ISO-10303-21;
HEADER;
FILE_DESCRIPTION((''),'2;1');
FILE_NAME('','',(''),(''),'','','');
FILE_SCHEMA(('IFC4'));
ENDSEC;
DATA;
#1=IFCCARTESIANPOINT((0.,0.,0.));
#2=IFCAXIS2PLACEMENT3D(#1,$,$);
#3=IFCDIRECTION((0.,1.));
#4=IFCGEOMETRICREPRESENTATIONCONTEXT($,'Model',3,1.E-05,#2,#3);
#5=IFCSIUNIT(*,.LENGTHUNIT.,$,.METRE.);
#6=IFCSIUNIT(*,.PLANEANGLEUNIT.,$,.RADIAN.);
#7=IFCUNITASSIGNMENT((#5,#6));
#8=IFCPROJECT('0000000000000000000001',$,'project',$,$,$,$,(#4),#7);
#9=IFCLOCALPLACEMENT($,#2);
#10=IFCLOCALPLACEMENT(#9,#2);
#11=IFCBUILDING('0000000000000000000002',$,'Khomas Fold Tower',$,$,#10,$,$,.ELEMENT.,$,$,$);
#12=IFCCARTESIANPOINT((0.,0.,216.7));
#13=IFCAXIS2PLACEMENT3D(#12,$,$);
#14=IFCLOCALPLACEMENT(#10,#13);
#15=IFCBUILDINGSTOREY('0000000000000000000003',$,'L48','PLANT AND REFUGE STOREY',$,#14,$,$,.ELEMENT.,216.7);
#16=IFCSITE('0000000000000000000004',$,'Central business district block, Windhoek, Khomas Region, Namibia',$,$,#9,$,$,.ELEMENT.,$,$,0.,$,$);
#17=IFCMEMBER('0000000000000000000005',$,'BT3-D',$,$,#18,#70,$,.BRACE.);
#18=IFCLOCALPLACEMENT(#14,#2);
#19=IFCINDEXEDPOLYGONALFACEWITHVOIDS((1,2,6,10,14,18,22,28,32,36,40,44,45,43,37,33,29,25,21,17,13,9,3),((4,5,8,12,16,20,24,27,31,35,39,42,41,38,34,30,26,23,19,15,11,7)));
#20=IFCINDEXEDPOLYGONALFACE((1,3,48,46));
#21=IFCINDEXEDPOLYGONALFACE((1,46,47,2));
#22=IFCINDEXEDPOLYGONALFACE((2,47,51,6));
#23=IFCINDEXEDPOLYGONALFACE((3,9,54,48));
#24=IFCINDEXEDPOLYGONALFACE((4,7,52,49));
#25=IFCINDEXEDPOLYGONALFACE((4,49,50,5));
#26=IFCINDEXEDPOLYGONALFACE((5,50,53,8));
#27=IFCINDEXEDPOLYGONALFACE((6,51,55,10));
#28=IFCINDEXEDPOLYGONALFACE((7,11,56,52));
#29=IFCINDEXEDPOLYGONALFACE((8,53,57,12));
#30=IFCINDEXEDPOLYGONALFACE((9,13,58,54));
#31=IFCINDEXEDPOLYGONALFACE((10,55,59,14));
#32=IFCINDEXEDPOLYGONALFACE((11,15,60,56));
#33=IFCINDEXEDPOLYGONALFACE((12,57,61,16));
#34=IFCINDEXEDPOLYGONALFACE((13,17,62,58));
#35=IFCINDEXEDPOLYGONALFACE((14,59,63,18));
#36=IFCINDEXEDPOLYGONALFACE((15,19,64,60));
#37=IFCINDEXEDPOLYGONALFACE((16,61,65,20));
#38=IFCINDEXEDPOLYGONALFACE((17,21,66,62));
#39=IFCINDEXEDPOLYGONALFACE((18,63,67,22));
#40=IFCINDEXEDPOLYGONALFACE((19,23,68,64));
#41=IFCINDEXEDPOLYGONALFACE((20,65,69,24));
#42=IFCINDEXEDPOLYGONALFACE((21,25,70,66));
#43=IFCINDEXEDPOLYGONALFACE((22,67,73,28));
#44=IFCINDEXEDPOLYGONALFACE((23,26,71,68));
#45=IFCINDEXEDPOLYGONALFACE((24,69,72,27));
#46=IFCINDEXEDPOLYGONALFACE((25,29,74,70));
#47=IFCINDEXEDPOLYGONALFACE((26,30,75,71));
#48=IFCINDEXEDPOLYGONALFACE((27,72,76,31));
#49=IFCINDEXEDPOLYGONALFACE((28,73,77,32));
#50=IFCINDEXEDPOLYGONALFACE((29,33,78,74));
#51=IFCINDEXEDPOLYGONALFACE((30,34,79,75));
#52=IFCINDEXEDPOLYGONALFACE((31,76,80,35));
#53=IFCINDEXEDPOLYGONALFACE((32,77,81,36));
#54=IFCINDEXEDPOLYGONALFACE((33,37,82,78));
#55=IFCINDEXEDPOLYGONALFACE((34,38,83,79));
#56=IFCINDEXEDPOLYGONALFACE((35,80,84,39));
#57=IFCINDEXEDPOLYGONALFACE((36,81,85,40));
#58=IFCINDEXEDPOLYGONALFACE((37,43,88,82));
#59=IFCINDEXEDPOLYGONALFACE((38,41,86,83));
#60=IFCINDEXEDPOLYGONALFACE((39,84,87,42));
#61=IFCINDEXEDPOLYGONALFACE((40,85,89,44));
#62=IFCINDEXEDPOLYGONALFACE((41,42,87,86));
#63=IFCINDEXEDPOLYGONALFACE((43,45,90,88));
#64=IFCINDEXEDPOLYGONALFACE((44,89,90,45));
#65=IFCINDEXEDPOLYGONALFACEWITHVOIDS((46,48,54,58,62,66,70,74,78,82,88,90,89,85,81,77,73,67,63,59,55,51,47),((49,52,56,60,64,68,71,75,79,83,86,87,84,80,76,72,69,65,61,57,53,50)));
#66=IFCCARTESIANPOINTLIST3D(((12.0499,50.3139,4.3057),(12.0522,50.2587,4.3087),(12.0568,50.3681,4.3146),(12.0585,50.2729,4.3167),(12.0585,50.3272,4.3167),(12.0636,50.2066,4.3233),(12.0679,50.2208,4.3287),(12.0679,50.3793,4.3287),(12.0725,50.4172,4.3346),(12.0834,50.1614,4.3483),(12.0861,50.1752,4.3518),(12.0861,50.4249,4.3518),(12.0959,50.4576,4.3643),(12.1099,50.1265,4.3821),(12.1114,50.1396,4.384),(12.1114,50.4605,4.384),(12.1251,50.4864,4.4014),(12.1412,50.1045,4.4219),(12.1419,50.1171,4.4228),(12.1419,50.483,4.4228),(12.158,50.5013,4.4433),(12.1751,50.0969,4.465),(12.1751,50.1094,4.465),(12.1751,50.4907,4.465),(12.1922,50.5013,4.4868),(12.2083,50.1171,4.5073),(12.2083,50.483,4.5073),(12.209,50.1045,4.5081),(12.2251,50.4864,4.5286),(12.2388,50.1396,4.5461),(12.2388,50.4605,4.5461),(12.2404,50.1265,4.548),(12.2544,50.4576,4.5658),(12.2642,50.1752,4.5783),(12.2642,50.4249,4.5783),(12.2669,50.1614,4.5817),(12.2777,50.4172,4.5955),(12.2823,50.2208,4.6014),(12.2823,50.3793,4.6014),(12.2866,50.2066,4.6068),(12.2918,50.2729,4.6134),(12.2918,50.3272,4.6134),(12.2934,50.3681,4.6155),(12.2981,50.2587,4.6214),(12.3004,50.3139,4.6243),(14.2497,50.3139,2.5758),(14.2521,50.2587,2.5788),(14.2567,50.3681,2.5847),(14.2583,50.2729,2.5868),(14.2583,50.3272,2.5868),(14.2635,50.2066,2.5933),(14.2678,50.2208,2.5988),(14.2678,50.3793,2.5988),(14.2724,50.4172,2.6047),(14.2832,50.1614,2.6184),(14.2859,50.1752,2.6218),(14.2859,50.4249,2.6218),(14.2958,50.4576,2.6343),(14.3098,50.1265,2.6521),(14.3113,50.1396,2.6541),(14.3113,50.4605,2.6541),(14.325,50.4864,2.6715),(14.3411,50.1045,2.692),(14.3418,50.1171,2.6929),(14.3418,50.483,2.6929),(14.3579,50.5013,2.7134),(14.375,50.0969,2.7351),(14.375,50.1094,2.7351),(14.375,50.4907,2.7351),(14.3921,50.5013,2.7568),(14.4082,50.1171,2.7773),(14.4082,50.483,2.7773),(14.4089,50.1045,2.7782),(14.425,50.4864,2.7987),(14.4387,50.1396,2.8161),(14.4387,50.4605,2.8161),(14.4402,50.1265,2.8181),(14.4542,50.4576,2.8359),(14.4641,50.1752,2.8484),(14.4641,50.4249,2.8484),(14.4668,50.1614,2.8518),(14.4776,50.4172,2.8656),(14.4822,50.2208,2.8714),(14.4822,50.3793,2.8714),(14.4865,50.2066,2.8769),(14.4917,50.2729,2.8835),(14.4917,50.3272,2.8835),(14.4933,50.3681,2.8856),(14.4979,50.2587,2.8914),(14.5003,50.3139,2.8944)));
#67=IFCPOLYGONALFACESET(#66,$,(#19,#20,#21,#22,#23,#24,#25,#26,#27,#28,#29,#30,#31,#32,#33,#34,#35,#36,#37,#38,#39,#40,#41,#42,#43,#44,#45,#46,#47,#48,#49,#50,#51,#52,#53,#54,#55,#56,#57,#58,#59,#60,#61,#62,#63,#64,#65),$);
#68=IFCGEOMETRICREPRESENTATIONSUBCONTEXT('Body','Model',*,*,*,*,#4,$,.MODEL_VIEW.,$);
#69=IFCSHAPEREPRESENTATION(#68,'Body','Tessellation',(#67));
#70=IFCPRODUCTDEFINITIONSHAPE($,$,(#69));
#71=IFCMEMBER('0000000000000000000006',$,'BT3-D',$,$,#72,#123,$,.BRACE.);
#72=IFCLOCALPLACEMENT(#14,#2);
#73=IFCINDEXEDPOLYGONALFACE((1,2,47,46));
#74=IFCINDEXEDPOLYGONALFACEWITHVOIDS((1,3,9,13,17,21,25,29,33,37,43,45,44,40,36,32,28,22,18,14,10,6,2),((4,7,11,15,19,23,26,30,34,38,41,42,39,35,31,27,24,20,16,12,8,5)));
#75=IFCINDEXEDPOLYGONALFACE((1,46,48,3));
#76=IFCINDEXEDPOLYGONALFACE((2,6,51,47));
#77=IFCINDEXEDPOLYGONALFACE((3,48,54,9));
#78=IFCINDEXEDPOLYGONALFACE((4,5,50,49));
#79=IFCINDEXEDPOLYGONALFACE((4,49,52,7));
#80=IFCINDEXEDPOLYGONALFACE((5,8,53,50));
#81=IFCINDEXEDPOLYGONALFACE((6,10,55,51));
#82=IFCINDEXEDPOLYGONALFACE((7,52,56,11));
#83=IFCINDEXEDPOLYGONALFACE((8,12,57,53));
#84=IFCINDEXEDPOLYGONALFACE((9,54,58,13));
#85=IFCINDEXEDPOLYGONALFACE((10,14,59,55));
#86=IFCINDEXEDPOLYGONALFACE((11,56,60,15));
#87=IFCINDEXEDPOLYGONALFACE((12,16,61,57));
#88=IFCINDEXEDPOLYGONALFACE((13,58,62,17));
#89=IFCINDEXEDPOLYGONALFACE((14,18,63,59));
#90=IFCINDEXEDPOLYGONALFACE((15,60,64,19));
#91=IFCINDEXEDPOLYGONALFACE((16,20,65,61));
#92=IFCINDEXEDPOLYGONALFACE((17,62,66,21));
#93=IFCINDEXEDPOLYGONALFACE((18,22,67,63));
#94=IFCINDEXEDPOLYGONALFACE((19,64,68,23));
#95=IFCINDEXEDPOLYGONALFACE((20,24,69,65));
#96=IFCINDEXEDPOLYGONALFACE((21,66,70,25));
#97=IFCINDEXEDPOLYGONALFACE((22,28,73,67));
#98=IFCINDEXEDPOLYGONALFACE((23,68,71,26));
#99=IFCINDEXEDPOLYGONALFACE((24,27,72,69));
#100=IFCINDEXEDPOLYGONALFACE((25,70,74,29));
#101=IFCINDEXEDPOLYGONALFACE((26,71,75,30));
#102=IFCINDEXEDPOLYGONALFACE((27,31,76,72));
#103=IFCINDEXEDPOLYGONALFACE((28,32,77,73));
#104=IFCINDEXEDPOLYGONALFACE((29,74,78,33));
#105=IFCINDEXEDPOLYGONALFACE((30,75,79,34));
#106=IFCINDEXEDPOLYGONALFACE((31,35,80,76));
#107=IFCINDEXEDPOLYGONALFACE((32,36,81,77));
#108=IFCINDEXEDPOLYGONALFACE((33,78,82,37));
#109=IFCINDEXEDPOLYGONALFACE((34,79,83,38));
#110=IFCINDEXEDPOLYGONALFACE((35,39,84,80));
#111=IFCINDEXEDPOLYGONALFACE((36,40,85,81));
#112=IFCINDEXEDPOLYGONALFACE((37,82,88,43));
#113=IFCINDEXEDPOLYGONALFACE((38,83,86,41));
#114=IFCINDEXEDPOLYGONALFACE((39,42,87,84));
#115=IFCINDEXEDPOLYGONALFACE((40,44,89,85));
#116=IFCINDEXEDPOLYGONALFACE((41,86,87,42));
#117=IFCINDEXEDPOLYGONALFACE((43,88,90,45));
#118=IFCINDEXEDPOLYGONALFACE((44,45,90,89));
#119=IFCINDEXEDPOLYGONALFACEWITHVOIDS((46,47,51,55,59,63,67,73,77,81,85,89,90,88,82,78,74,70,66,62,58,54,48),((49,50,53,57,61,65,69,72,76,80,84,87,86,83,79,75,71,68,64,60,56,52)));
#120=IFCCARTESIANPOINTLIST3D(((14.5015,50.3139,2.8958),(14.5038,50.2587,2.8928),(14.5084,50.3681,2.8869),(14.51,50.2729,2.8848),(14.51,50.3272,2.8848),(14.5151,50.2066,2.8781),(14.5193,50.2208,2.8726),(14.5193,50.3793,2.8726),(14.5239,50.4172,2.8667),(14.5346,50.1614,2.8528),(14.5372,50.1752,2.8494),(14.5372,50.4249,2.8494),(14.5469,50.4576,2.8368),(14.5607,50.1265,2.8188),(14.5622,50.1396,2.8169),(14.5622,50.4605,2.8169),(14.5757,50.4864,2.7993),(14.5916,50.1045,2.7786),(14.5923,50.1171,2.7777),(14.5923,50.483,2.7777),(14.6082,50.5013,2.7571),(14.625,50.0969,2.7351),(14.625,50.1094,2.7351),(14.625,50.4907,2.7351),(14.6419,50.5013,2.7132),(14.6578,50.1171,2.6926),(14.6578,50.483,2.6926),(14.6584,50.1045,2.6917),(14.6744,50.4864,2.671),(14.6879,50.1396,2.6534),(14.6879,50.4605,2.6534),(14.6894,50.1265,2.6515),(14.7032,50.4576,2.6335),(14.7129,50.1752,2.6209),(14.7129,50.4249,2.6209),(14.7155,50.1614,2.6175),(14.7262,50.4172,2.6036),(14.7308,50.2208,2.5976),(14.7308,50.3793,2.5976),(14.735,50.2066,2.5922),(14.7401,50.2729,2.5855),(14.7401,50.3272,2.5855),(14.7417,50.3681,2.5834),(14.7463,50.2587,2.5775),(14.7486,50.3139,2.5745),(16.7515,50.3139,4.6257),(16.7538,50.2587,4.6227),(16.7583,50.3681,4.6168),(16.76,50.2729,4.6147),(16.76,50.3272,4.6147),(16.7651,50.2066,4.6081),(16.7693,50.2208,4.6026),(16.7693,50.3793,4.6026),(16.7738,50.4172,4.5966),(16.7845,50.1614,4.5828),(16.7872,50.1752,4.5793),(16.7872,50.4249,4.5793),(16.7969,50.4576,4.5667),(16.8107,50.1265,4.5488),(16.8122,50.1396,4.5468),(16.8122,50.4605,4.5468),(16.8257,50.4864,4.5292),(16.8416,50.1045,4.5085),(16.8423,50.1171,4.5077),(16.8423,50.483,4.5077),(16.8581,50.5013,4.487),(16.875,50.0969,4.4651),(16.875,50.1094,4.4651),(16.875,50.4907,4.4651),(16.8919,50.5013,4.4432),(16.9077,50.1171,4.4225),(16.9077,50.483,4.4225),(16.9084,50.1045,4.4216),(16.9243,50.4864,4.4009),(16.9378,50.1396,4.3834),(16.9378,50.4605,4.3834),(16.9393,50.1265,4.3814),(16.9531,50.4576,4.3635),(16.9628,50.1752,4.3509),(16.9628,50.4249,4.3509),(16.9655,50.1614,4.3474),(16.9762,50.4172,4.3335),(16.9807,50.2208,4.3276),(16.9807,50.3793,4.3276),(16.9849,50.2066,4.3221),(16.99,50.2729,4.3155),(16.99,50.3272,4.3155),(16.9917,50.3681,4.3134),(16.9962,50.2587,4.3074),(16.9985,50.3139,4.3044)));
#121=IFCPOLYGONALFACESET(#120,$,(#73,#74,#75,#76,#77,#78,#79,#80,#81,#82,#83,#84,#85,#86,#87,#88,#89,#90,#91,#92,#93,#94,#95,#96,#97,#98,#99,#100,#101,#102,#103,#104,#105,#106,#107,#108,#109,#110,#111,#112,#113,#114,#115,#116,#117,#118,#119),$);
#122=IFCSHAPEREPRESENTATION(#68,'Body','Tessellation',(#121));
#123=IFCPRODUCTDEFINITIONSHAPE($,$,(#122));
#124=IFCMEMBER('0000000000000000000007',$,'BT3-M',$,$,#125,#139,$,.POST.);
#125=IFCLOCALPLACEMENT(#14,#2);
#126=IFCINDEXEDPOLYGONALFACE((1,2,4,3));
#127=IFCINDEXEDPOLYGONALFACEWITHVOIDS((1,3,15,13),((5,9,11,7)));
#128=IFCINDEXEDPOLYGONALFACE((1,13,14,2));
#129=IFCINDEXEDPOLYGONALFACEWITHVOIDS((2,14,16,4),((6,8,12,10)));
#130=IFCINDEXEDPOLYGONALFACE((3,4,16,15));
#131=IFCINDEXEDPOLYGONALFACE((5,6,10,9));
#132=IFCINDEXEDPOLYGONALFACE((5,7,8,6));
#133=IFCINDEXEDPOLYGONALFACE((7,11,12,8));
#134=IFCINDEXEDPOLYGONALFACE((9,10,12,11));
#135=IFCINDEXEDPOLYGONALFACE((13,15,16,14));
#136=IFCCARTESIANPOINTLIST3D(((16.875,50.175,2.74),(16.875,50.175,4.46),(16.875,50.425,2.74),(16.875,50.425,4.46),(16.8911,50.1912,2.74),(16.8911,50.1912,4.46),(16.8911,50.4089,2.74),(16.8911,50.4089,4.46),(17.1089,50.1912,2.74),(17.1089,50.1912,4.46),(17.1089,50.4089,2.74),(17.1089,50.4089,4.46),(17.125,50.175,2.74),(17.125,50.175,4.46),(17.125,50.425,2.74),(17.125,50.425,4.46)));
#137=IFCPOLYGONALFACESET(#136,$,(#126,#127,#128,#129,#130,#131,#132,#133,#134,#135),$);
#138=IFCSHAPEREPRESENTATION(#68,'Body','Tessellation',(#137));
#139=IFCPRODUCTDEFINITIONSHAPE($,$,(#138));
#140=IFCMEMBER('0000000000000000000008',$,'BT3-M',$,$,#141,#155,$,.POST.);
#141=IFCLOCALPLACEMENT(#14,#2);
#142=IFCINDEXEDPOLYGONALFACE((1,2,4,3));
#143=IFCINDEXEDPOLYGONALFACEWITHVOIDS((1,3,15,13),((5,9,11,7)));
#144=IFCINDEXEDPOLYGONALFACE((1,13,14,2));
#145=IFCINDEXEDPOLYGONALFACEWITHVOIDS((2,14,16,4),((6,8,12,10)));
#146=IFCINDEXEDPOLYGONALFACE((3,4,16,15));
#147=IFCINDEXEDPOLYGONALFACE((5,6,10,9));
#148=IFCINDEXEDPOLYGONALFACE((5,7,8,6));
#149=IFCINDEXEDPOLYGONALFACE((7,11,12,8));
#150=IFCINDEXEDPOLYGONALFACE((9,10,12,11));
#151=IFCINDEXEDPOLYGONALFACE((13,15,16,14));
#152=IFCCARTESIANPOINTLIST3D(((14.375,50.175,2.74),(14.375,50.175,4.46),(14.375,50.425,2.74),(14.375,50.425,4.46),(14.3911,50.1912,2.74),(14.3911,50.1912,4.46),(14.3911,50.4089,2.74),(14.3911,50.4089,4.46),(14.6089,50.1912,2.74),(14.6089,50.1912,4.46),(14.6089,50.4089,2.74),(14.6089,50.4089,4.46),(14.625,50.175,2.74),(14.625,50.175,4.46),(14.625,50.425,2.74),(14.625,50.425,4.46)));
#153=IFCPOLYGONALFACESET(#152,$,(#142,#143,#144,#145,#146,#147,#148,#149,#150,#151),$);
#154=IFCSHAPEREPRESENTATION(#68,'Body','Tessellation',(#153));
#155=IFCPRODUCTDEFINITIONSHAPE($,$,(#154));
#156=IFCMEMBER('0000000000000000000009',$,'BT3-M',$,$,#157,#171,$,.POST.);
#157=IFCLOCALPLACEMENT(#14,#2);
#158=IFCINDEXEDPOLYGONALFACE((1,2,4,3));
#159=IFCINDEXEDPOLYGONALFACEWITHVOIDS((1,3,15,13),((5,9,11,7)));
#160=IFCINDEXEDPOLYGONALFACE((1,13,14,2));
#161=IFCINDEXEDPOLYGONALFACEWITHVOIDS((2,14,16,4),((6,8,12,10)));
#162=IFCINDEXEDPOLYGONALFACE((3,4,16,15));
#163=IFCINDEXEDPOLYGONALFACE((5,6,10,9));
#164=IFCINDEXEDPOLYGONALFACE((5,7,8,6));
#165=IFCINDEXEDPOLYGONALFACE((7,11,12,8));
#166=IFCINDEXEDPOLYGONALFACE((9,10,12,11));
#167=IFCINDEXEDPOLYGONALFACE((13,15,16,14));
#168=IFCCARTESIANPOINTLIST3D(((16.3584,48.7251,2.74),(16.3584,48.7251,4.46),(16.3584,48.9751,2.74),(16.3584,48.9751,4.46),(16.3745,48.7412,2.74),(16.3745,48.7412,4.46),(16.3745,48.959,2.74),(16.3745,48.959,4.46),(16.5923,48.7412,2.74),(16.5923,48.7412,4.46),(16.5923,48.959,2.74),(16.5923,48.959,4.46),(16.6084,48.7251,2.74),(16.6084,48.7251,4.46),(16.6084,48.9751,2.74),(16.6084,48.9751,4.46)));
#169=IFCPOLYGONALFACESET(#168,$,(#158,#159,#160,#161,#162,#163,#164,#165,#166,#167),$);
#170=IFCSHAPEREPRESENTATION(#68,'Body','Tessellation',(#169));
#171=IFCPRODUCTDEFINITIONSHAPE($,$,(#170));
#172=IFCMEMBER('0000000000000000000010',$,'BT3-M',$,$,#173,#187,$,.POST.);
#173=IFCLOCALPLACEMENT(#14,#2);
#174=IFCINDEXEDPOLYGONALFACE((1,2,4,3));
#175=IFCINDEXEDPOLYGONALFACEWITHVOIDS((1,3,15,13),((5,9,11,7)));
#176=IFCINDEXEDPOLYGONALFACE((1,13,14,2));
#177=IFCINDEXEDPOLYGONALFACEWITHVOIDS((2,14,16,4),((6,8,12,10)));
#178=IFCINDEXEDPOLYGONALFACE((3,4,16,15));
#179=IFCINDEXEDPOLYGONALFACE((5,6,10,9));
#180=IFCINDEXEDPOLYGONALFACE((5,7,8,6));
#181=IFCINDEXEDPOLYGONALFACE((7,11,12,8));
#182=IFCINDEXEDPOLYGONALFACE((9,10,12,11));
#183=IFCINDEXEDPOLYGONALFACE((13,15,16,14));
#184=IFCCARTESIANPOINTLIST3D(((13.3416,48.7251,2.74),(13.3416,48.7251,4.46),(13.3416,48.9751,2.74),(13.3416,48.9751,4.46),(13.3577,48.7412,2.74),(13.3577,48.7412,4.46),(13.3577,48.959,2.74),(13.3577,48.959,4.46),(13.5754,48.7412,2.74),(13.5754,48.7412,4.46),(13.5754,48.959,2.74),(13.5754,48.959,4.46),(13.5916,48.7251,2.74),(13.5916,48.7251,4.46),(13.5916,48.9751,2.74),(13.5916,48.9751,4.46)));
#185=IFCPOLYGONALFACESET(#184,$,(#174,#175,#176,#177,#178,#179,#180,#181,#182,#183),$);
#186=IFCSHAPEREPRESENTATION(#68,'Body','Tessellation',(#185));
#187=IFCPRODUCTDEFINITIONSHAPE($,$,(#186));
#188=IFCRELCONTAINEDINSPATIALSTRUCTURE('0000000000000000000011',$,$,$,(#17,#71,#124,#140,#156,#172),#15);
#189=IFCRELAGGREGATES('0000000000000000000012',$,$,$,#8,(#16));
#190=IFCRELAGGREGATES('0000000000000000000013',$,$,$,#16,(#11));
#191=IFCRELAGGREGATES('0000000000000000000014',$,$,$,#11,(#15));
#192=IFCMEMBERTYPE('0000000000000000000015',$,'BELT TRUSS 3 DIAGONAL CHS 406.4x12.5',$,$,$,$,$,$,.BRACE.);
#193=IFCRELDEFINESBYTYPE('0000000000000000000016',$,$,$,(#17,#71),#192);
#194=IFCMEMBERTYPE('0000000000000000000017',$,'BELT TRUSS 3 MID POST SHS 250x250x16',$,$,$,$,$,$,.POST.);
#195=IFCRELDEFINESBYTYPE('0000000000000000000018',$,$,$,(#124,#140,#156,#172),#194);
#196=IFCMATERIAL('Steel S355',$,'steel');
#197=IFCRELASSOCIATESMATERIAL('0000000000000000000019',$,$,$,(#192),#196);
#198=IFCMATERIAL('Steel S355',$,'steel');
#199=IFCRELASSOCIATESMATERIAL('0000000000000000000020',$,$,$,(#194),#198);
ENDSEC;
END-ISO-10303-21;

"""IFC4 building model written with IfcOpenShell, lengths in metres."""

from ifc_helpers import new_model, si_unit, direction, frame, origin, origin_2d, place, context, subcontext, project, spatial, hollow_rectangle, hollow_circle, extrude, source, transform, mapped, material, material_profile, profile_set, type_object, element, save


model = new_model("IFC4")

# Units and contexts
model_context = context("Model", 3, precision=1e-05, world=origin(), true_north=direction((0.0, 1.0)))
body_context = subcontext(model_context, "Body", "Model", "MODEL_VIEW")
ifc_project = project(units=[si_unit("LENGTHUNIT", "METRE"), si_unit("PLANEANGLEUNIT", "RADIAN")], contexts=[model_context])

# Site, building, storey
site_placement = place(None, origin())
site = spatial("IfcSite", under=ifc_project, at=site_placement, Name="Central business district block, Windhoek, Khomas Region, Namibia", CompositionType="ELEMENT", RefElevation=0.0)
building_placement = place(site_placement, origin())
building = spatial("IfcBuilding", under=site, at=building_placement, Name="Khomas Fold Tower", CompositionType="ELEMENT")
storey_placement = place(building_placement, frame((0.0, 0.0, 216.7)))
storey = spatial("IfcBuildingStorey", under=building, at=storey_placement, Name="L48", Description="PLANT AND REFUGE STOREY", CompositionType="ELEMENT", Elevation=216.7)

# Members
ifc_material_1 = material(Name="Steel S355", Category="steel")
ifc_material_profile_1 = material_profile(ifc_material_1, hollow_circle(Radius=0.2031, WallThickness=0.0125, at=origin_2d()), Name="CHS 406.4x12.5")
ifc_profile_set_1 = profile_set([ifc_material_profile_1], Name="Steel S355")
member_type_1 = type_object("IfcMemberType", Name="BELT TRUSS 3 DIAGONAL CHS 406.4x12.5", PredefinedType="BRACE", material=ifc_profile_set_1)
shared_shape_1 = source(origin(), body_context, "Body", "SweptSolid", [
    extrude(hollow_circle(Radius=0.2031, WallThickness=0.0125, at=origin_2d()), origin(), (0.0, 0.0, 1.0), 2.7986),
])
member_1_placement = place(storey_placement, frame((14.375, 50.3, 2.7351), z_axis=(-0.786067, 0.0, 0.618141), x_axis=(0.0, -1.0, 0.0)))
element("IfcMember", 1, at=member_1_placement, inside=storey, type_object=member_type_1, Name="BT3-D", PredefinedType="BRACE", context=body_context, shape_type="MappedRepresentation", body=[
    mapped(shared_shape_1, transform((0.0, 0.0, 0.0))),
])
shared_shape_2 = source(origin(), body_context, "Body", "SweptSolid", [
    extrude(hollow_circle(Radius=0.2031, WallThickness=0.0125, at=origin_2d()), origin(), (0.0, 0.0, 1.0), 2.8381),
])
member_2_placement = place(storey_placement, frame((16.875, 50.3, 4.4651), z_axis=(-0.792758, 0.0, -0.609536), x_axis=(0.0, -1.0, 0.0)))
element("IfcMember", 2, at=member_2_placement, inside=storey, type_object=member_type_1, Name="BT3-D", PredefinedType="BRACE", context=body_context, shape_type="MappedRepresentation", body=[
    mapped(shared_shape_2, transform((0.0, 0.0, 0.0))),
])
ifc_material_2 = material(Name="Steel S355", Category="steel")
ifc_material_profile_2 = material_profile(ifc_material_2, hollow_rectangle(XDim=0.25, YDim=0.25, WallThickness=0.0161, at=origin_2d()), Name="SHS 250x250x16")
ifc_profile_set_2 = profile_set([ifc_material_profile_2], Name="Steel S355")
member_type_2 = type_object("IfcMemberType", Name="BELT TRUSS 3 MID POST SHS 250x250x16", PredefinedType="POST", material=ifc_profile_set_2)
shared_shape_3 = source(origin(), body_context, "Body", "SweptSolid", [
    extrude(hollow_rectangle(XDim=0.25, YDim=0.25, WallThickness=0.0161, at=origin_2d()), origin(), (0.0, 0.0, 1.0), 1.72),
])
for number, where, z_axis, x_axis, name in (
    (3, (17.0, 50.3, 2.74), (0.0, 0.0, 1.0), (1.0, 0.0, 0.0), "BT3-M"),
    (4, (14.5, 50.3, 2.74), (0.0, 0.0, 1.0), (1.0, 0.0, 0.0), "BT3-M"),
    (5, (16.4834, 48.8501, 2.74), (0.0, 0.0, 1.0), (1.0, 0.0, 0.0), "BT3-M"),
    (6, (13.4666, 48.8501, 2.74), (0.0, 0.0, 1.0), (1.0, 0.0, 0.0), "BT3-M"),
):
    element("IfcMember", number, at=place(storey_placement, frame(where, z_axis=z_axis, x_axis=x_axis)), inside=storey, type_object=member_type_2, Name=name, PredefinedType="POST", context=body_context, shape_type="MappedRepresentation", body=[
        mapped(shared_shape_3, transform((0.0, 0.0, 0.0))),
    ])

save(model, "model.ifc")
